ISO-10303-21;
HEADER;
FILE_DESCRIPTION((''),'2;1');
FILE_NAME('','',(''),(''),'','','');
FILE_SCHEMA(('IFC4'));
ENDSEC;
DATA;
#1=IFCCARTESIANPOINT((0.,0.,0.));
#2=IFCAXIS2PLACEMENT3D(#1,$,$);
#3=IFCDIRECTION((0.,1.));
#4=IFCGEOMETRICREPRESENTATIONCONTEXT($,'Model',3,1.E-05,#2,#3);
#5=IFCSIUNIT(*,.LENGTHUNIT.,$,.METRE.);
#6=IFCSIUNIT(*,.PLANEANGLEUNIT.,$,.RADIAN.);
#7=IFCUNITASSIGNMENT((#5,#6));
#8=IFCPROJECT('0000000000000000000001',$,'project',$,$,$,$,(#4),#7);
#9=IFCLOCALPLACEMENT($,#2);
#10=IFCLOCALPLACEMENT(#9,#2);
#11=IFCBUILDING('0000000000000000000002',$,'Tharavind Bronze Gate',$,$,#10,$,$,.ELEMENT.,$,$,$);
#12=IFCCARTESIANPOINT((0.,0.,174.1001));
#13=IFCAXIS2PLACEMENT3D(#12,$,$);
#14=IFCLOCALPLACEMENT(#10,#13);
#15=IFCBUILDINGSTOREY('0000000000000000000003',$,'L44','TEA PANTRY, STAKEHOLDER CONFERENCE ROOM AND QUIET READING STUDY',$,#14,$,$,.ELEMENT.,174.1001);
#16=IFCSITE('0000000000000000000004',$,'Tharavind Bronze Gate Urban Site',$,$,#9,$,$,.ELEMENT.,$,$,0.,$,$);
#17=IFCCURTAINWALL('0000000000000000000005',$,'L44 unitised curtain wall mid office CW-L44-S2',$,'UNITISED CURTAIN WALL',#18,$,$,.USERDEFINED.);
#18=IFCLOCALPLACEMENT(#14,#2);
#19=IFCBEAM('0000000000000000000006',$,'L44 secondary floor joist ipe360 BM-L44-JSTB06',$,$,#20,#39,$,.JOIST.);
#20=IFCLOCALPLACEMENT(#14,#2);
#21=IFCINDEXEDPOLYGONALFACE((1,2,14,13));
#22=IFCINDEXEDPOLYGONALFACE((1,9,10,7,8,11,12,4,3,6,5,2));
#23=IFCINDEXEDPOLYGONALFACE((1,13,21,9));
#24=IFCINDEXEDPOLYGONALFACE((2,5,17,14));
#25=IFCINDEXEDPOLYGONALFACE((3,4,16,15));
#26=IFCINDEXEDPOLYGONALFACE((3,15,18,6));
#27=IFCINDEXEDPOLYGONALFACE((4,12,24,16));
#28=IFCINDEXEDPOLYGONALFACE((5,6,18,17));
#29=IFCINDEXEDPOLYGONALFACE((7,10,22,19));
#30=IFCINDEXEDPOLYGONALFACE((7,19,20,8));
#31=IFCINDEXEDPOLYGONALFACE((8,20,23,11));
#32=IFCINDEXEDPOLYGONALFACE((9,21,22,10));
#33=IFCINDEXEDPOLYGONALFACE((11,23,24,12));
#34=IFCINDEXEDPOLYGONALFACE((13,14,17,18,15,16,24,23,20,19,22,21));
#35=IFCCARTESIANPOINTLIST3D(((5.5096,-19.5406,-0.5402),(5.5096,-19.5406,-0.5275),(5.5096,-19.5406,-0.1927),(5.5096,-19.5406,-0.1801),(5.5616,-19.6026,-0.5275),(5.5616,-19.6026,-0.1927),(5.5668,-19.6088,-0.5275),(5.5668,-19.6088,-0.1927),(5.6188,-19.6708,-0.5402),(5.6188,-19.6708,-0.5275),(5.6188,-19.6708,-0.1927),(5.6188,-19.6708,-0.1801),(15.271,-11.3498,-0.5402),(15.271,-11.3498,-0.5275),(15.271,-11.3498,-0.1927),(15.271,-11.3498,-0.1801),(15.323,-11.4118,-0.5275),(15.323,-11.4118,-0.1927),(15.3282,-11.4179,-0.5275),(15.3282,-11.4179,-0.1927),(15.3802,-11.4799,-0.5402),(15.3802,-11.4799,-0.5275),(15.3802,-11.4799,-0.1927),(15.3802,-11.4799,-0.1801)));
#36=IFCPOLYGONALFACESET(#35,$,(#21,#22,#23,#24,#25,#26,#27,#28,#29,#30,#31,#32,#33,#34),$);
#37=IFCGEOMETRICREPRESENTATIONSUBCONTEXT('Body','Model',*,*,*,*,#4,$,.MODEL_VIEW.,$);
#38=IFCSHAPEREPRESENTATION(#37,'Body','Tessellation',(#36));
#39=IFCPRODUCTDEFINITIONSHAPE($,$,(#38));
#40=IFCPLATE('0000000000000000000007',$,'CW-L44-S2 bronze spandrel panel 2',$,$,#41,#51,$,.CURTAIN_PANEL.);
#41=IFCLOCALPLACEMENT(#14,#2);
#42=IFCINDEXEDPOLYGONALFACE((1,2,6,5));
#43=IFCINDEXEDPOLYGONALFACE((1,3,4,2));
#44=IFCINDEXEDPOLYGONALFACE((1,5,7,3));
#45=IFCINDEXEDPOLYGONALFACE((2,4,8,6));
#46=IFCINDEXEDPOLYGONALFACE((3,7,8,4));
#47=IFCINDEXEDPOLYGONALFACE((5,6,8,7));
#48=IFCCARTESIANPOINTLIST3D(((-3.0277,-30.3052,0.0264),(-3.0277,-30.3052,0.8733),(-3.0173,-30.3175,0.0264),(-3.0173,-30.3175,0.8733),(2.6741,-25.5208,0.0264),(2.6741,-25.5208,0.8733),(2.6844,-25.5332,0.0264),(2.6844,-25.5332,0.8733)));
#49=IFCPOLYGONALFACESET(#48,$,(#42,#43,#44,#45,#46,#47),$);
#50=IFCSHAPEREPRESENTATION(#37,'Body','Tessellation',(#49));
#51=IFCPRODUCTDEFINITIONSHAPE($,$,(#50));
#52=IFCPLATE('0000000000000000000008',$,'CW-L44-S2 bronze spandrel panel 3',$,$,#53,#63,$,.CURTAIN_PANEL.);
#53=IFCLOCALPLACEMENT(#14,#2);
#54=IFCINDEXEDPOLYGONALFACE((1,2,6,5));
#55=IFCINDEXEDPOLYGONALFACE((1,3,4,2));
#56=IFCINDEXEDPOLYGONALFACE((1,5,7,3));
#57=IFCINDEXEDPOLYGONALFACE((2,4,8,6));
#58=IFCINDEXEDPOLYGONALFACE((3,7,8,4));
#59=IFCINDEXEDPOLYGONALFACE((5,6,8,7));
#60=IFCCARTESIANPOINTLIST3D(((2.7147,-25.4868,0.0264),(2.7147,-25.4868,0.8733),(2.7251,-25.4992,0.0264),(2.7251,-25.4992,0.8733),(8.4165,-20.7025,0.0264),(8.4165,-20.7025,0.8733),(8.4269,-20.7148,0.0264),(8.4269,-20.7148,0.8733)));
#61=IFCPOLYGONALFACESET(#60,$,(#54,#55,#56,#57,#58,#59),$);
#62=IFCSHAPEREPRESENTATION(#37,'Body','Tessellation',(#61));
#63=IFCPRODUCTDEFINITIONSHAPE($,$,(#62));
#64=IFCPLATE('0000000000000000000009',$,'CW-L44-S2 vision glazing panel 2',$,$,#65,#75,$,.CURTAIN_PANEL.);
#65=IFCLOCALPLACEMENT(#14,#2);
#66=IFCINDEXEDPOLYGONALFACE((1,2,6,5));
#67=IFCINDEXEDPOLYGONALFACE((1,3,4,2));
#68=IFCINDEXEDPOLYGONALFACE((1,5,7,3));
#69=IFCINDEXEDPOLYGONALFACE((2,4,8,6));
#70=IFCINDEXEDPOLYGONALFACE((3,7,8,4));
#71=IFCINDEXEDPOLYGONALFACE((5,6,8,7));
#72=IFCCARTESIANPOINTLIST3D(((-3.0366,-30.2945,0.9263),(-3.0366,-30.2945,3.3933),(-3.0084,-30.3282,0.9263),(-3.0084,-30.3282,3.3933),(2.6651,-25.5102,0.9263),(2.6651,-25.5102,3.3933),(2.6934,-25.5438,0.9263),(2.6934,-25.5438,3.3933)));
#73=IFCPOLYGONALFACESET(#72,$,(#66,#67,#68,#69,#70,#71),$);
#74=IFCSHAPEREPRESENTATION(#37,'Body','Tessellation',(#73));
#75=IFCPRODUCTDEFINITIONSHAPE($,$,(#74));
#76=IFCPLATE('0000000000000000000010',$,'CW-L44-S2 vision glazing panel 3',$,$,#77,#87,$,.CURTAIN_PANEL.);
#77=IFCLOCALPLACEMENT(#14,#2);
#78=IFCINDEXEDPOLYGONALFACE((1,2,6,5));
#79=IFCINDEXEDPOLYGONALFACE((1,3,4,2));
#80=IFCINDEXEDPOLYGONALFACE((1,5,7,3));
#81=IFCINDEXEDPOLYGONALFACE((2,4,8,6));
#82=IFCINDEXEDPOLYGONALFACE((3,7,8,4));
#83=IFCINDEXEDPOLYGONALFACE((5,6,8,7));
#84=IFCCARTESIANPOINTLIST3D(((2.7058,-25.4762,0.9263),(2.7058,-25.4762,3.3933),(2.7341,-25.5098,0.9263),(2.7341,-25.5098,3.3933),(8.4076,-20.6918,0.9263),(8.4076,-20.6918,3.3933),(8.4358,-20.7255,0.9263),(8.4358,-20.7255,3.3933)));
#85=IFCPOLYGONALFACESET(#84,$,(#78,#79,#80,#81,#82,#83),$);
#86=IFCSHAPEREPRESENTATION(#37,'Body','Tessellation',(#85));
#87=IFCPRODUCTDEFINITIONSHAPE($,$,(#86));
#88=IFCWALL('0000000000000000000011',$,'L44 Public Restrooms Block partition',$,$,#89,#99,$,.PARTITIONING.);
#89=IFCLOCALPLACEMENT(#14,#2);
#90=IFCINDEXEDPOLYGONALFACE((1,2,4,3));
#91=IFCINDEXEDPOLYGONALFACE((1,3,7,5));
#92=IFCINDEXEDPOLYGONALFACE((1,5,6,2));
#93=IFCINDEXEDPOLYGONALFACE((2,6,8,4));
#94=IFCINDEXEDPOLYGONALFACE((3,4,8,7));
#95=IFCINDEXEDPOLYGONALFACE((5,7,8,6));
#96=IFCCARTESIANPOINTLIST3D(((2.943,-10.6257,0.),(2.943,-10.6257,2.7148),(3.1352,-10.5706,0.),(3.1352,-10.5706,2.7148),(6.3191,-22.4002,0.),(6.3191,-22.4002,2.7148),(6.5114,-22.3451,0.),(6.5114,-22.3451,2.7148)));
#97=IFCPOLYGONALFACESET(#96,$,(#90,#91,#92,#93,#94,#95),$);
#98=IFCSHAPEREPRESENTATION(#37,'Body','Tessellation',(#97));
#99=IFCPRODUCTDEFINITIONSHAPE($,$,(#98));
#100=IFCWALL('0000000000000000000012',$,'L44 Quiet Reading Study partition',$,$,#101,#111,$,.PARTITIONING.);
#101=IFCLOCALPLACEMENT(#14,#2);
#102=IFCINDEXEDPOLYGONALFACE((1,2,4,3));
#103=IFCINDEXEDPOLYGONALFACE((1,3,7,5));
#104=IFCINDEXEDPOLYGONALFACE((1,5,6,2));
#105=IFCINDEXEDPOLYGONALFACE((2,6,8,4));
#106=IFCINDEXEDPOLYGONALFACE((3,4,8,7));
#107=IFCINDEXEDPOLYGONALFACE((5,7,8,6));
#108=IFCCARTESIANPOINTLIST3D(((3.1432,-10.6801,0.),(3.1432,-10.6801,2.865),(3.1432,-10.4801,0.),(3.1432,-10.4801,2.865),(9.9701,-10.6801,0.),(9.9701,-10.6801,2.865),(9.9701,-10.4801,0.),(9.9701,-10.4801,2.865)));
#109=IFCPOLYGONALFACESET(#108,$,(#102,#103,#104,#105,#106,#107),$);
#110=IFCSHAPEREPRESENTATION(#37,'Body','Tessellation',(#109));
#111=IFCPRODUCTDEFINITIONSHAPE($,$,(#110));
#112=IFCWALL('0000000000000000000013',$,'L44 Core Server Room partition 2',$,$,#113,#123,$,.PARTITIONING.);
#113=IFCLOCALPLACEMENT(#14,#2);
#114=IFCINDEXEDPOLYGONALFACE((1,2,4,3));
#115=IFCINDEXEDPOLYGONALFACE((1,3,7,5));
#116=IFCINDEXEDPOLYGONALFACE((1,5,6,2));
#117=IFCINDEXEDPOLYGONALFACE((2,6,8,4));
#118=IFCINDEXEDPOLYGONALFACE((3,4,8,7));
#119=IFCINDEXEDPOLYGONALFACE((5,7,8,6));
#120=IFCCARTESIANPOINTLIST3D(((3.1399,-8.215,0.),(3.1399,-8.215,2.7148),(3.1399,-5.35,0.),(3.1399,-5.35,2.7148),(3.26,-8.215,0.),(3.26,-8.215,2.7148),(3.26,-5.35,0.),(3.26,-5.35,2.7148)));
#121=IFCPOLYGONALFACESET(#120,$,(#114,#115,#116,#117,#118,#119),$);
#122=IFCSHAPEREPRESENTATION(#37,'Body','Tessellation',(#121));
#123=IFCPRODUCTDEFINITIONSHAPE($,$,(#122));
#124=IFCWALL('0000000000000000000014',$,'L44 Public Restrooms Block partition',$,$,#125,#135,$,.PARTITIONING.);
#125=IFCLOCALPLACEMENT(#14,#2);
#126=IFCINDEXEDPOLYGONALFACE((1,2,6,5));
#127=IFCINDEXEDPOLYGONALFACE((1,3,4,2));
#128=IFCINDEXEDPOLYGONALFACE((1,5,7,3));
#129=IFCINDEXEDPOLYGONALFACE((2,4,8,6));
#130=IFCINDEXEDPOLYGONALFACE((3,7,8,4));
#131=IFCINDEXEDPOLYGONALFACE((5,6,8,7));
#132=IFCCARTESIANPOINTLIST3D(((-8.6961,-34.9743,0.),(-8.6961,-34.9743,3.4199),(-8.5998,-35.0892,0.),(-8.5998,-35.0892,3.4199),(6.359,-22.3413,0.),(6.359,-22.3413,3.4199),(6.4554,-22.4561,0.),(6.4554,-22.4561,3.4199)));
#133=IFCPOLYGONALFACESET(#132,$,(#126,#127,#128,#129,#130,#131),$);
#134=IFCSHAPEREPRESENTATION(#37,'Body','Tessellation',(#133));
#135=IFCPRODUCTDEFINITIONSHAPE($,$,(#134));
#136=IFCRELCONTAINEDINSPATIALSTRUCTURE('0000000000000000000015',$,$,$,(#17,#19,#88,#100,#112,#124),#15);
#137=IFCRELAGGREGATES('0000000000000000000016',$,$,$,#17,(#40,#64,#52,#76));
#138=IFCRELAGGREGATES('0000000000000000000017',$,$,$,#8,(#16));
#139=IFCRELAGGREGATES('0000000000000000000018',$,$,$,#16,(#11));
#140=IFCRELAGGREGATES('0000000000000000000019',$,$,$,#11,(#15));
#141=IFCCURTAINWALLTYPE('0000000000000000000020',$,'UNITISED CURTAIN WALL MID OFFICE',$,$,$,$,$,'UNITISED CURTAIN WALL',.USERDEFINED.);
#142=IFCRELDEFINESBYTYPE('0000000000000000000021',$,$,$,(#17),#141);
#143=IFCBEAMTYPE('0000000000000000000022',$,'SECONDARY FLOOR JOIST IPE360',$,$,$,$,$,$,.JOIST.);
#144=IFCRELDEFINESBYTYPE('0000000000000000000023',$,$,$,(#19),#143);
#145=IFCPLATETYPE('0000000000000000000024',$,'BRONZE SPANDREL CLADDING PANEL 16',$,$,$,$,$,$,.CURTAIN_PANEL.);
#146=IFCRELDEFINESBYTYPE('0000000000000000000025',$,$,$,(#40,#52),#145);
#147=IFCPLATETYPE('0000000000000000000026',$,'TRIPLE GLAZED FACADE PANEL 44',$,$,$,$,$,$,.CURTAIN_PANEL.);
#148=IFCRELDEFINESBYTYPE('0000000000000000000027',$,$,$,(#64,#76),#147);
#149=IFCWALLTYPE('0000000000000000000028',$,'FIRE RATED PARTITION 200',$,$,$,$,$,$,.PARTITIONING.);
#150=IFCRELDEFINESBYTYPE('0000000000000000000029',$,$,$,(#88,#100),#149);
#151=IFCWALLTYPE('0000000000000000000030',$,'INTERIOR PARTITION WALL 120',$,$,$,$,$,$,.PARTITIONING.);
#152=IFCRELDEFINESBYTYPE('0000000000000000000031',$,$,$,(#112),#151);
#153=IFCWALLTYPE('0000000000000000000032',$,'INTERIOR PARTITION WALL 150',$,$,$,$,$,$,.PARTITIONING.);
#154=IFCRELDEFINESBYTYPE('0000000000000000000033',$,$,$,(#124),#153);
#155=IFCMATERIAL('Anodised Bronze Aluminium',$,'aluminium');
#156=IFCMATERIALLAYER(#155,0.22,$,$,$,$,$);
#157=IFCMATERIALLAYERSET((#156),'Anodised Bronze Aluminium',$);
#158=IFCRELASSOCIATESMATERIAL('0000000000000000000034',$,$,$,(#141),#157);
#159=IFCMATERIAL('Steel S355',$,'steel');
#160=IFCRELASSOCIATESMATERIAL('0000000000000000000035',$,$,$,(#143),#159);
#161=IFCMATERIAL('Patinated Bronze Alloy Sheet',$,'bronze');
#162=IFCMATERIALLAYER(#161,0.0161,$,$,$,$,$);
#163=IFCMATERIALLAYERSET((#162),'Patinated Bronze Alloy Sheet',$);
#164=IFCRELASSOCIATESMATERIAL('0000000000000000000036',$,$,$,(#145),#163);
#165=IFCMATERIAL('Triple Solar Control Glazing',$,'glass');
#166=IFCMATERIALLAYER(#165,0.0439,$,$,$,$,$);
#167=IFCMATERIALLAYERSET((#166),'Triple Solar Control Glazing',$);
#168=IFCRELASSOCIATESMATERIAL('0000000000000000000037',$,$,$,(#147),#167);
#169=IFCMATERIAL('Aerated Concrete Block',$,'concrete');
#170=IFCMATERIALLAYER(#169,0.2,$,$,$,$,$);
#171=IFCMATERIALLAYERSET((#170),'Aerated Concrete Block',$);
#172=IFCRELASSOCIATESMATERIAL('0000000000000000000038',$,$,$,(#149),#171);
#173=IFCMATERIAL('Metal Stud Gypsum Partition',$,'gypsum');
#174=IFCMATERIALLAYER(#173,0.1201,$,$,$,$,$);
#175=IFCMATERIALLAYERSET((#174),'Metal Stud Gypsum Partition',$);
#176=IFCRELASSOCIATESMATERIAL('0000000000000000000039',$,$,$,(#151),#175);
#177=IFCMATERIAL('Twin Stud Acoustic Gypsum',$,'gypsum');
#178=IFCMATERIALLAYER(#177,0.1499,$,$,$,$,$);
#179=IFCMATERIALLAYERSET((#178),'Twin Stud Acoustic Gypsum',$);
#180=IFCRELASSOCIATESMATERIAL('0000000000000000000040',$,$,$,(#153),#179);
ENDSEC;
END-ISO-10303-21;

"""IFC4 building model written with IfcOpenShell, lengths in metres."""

from ifc_helpers import new_model, si_unit, direction, frame, frame_2d, origin, origin_2d, place, context, subcontext, project, spatial, rectangle, i_section, extrude, material, layer, layer_set, material_profile, profile_set, type_object, element, aggregate, save


model = new_model("IFC4")

# Units and contexts
model_context = context("Model", 3, precision=1e-05, world=origin(), true_north=direction((0.0, 1.0)))
body_context = subcontext(model_context, "Body", "Model", "MODEL_VIEW")
ifc_project = project(units=[si_unit("LENGTHUNIT", "METRE"), si_unit("PLANEANGLEUNIT", "RADIAN")], contexts=[model_context])

# Site, building, storey
site_placement = place(None, origin())
site = spatial("IfcSite", under=ifc_project, at=site_placement, Name="Tharavind Bronze Gate Urban Site", CompositionType="ELEMENT", RefElevation=0.0)
building_placement = place(site_placement, origin())
building = spatial("IfcBuilding", under=site, at=building_placement, Name="Tharavind Bronze Gate", CompositionType="ELEMENT")
storey_placement = place(building_placement, frame((0.0, 0.0, 174.1001)))
storey = spatial("IfcBuildingStorey", under=building, at=storey_placement, Name="L44", Description="TEA PANTRY, STAKEHOLDER CONFERENCE ROOM AND QUIET READING STUDY", CompositionType="ELEMENT", Elevation=174.1001)

# Curtain wall
ifc_material_1 = material(Name="Anodised Bronze Aluminium", Category="aluminium")
ifc_layer_1 = layer(ifc_material_1, 0.22)
ifc_layer_set_1 = layer_set([ifc_layer_1], Name="Anodised Bronze Aluminium")
curtain_wall_type = type_object("IfcCurtainWallType", Name="UNITISED CURTAIN WALL MID OFFICE", ElementType="UNITISED CURTAIN WALL", PredefinedType="USERDEFINED", material=ifc_layer_set_1)
curtain_wall_placement = place(storey_placement, origin())
curtain_wall = element("IfcCurtainWall", 1, at=curtain_wall_placement, inside=storey, type_object=curtain_wall_type, Name="L44 unitised curtain wall mid office CW-L44-S2", ObjectType="UNITISED CURTAIN WALL", PredefinedType="USERDEFINED")

# Beam
ifc_material_2 = material(Name="Steel S355", Category="steel")
ifc_material_profile_1 = material_profile(ifc_material_2, i_section(OverallWidth=0.1699, OverallDepth=0.3601, WebThickness=0.0081, FlangeThickness=0.0127, at=origin_2d()), Name="IPE360")
ifc_profile_set_1 = profile_set([ifc_material_profile_1], Name="Steel S355")
beam_type_1 = type_object("IfcBeamType", Name="SECONDARY FLOOR JOIST IPE360", PredefinedType="JOIST", material=ifc_profile_set_1)
beam_1_placement = place(storey_placement, frame((5.5642, -19.6057, -0.3601), z_axis=(0.766042, 0.642791, 0.0), x_axis=(-0.642791, 0.766042, 0.0)))
element("IfcBeam", 2, at=beam_1_placement, inside=storey, type_object=beam_type_1, Name="L44 secondary floor joist ipe360 BM-L44-JSTB06", PredefinedType="JOIST", context=body_context, shape_type="SweptSolid", body=[
    extrude(i_section(OverallWidth=0.1699, OverallDepth=0.3601, WebThickness=0.0081, FlangeThickness=0.0127, at=origin_2d()), origin(), (0.0, 0.0, 1.0), 12.7427),
])

# Plates
ifc_material_3 = material(Name="Patinated Bronze Alloy Sheet", Category="bronze")
ifc_layer_2 = layer(ifc_material_3, 0.0161)
ifc_layer_set_2 = layer_set([ifc_layer_2], Name="Patinated Bronze Alloy Sheet")
plate_type_1 = type_object("IfcPlateType", Name="BRONZE SPANDREL CLADDING PANEL 16", PredefinedType="CURTAIN_PANEL", material=ifc_layer_set_2)
plate_1_placement = place(storey_placement, frame((-0.1716, -27.9192, 0.0264), z_axis=(0.0, 0.0, 1.0), x_axis=(0.766043, 0.642789, 0.0)))
plate_1 = element("IfcPlate", 3, at=plate_1_placement, type_object=plate_type_1, Name="CW-L44-S2 bronze spandrel panel 2", PredefinedType="CURTAIN_PANEL", context=body_context, shape_type="SweptSolid", body=[
    extrude(rectangle(XDim=7.4431, YDim=0.0161, at=origin_2d()), origin(), (0.0, 0.0, 1.0), 0.8469),
])
plate_2_placement = place(storey_placement, frame((5.5708, -23.1008, 0.0264), z_axis=(0.0, 0.0, 1.0), x_axis=(0.766043, 0.642789, 0.0)))
plate_2 = element("IfcPlate", 4, at=plate_2_placement, type_object=plate_type_1, Name="CW-L44-S2 bronze spandrel panel 3", PredefinedType="CURTAIN_PANEL", context=body_context, shape_type="SweptSolid", body=[
    extrude(rectangle(XDim=7.4431, YDim=0.0161, at=origin_2d()), origin(), (0.0, 0.0, 1.0), 0.8469),
])
ifc_material_4 = material(Name="Triple Solar Control Glazing", Category="glass")
ifc_layer_3 = layer(ifc_material_4, 0.0439)
ifc_layer_set_3 = layer_set([ifc_layer_3], Name="Triple Solar Control Glazing")
plate_type_2 = type_object("IfcPlateType", Name="TRIPLE GLAZED FACADE PANEL 44", PredefinedType="CURTAIN_PANEL", material=ifc_layer_set_3)
plate_3_placement = place(storey_placement, frame((-0.1716, -27.9192, 0.9263), z_axis=(0.0, 0.0, 1.0), x_axis=(0.766043, 0.642789, 0.0)))
plate_3 = element("IfcPlate", 5, at=plate_3_placement, type_object=plate_type_2, Name="CW-L44-S2 vision glazing panel 2", PredefinedType="CURTAIN_PANEL", context=body_context, shape_type="SweptSolid", body=[
    extrude(rectangle(XDim=7.4431, YDim=0.0439, at=origin_2d()), origin(), (0.0, 0.0, 1.0), 2.467),
])
plate_4_placement = place(storey_placement, frame((5.5708, -23.1008, 0.9263), z_axis=(0.0, 0.0, 1.0), x_axis=(0.766043, 0.642789, 0.0)))
plate_4 = element("IfcPlate", 6, at=plate_4_placement, type_object=plate_type_2, Name="CW-L44-S2 vision glazing panel 3", PredefinedType="CURTAIN_PANEL", context=body_context, shape_type="SweptSolid", body=[
    extrude(rectangle(XDim=7.4431, YDim=0.0439, at=origin_2d()), origin(), (0.0, 0.0, 1.0), 2.467),
])
aggregate(curtain_wall, [plate_1, plate_3, plate_2, plate_4])

# Walls
ifc_material_5 = material(Name="Aerated Concrete Block", Category="concrete")
ifc_layer_4 = layer(ifc_material_5, 0.2)
ifc_layer_set_4 = layer_set([ifc_layer_4], Name="Aerated Concrete Block")
wall_type_1 = type_object("IfcWallType", Name="FIRE RATED PARTITION 200", PredefinedType="PARTITIONING", material=ifc_layer_set_4)
wall_1_placement = place(storey_placement, frame((3.0391, -10.5981, 0.0), z_axis=(0.0, 0.0, 1.0), x_axis=(0.275629, -0.961264, 0.0)))
element("IfcWall", 7, at=wall_1_placement, inside=storey, type_object=wall_type_1, Name="L44 Public Restrooms Block partition", PredefinedType="PARTITIONING", context=body_context, shape_type="SweptSolid", body=[
    extrude(rectangle(XDim=12.249, YDim=0.2, at=frame_2d((6.1245, 0.0))), origin(), (0.0, 0.0, 1.0), 2.7148),
])
wall_2_placement = place(storey_placement, frame((3.1431, -10.5801, 0.0), z_axis=(0.0, 0.0, 1.0), x_axis=(1.0, 0.0, 0.0)))
element("IfcWall", 8, at=wall_2_placement, inside=storey, type_object=wall_type_1, Name="L44 Quiet Reading Study partition", PredefinedType="PARTITIONING", context=body_context, shape_type="SweptSolid", body=[
    extrude(rectangle(XDim=6.8269, YDim=0.2, at=frame_2d((3.4136, 0.0))), origin(), (0.0, 0.0, 1.0), 2.865),
])
ifc_material_6 = material(Name="Metal Stud Gypsum Partition", Category="gypsum")
ifc_layer_5 = layer(ifc_material_6, 0.1201)
ifc_layer_set_5 = layer_set([ifc_layer_5], Name="Metal Stud Gypsum Partition")
wall_type_2 = type_object("IfcWallType", Name="INTERIOR PARTITION WALL 120", PredefinedType="PARTITIONING", material=ifc_layer_set_5)
wall_3_placement = place(storey_placement, frame((3.2, -8.2151, 0.0), z_axis=(0.0, 0.0, 1.0), x_axis=(0.0, 1.0, 0.0)))
element("IfcWall", 9, at=wall_3_placement, inside=storey, type_object=wall_type_2, Name="L44 Core Server Room partition 2", PredefinedType="PARTITIONING", context=body_context, shape_type="SweptSolid", body=[
    extrude(rectangle(XDim=2.865, YDim=0.1201, at=frame_2d((1.4326, 0.0))), origin(), (0.0, 0.0, 1.0), 2.7148),
])
ifc_material_7 = material(Name="Twin Stud Acoustic Gypsum", Category="gypsum")
ifc_layer_6 = layer(ifc_material_7, 0.1499)
ifc_layer_set_6 = layer_set([ifc_layer_6], Name="Twin Stud Acoustic Gypsum")
wall_type_3 = type_object("IfcWallType", Name="INTERIOR PARTITION WALL 150", PredefinedType="PARTITIONING", material=ifc_layer_set_6)
wall_4_placement = place(storey_placement, frame((6.4072, -22.3987, 0.0), z_axis=(0.0, 0.0, 1.0), x_axis=(-0.766038, -0.642795, 0.0)))
element("IfcWall", 10, at=wall_4_placement, inside=storey, type_object=wall_type_3, Name="L44 Public Restrooms Block partition", PredefinedType="PARTITIONING", context=body_context, shape_type="SweptSolid", body=[
    extrude(rectangle(XDim=19.6533, YDim=0.1499, at=frame_2d((9.8267, 0.0))), origin(), (0.0, 0.0, 1.0), 3.4199),
])

save(model, "model.ifc")
